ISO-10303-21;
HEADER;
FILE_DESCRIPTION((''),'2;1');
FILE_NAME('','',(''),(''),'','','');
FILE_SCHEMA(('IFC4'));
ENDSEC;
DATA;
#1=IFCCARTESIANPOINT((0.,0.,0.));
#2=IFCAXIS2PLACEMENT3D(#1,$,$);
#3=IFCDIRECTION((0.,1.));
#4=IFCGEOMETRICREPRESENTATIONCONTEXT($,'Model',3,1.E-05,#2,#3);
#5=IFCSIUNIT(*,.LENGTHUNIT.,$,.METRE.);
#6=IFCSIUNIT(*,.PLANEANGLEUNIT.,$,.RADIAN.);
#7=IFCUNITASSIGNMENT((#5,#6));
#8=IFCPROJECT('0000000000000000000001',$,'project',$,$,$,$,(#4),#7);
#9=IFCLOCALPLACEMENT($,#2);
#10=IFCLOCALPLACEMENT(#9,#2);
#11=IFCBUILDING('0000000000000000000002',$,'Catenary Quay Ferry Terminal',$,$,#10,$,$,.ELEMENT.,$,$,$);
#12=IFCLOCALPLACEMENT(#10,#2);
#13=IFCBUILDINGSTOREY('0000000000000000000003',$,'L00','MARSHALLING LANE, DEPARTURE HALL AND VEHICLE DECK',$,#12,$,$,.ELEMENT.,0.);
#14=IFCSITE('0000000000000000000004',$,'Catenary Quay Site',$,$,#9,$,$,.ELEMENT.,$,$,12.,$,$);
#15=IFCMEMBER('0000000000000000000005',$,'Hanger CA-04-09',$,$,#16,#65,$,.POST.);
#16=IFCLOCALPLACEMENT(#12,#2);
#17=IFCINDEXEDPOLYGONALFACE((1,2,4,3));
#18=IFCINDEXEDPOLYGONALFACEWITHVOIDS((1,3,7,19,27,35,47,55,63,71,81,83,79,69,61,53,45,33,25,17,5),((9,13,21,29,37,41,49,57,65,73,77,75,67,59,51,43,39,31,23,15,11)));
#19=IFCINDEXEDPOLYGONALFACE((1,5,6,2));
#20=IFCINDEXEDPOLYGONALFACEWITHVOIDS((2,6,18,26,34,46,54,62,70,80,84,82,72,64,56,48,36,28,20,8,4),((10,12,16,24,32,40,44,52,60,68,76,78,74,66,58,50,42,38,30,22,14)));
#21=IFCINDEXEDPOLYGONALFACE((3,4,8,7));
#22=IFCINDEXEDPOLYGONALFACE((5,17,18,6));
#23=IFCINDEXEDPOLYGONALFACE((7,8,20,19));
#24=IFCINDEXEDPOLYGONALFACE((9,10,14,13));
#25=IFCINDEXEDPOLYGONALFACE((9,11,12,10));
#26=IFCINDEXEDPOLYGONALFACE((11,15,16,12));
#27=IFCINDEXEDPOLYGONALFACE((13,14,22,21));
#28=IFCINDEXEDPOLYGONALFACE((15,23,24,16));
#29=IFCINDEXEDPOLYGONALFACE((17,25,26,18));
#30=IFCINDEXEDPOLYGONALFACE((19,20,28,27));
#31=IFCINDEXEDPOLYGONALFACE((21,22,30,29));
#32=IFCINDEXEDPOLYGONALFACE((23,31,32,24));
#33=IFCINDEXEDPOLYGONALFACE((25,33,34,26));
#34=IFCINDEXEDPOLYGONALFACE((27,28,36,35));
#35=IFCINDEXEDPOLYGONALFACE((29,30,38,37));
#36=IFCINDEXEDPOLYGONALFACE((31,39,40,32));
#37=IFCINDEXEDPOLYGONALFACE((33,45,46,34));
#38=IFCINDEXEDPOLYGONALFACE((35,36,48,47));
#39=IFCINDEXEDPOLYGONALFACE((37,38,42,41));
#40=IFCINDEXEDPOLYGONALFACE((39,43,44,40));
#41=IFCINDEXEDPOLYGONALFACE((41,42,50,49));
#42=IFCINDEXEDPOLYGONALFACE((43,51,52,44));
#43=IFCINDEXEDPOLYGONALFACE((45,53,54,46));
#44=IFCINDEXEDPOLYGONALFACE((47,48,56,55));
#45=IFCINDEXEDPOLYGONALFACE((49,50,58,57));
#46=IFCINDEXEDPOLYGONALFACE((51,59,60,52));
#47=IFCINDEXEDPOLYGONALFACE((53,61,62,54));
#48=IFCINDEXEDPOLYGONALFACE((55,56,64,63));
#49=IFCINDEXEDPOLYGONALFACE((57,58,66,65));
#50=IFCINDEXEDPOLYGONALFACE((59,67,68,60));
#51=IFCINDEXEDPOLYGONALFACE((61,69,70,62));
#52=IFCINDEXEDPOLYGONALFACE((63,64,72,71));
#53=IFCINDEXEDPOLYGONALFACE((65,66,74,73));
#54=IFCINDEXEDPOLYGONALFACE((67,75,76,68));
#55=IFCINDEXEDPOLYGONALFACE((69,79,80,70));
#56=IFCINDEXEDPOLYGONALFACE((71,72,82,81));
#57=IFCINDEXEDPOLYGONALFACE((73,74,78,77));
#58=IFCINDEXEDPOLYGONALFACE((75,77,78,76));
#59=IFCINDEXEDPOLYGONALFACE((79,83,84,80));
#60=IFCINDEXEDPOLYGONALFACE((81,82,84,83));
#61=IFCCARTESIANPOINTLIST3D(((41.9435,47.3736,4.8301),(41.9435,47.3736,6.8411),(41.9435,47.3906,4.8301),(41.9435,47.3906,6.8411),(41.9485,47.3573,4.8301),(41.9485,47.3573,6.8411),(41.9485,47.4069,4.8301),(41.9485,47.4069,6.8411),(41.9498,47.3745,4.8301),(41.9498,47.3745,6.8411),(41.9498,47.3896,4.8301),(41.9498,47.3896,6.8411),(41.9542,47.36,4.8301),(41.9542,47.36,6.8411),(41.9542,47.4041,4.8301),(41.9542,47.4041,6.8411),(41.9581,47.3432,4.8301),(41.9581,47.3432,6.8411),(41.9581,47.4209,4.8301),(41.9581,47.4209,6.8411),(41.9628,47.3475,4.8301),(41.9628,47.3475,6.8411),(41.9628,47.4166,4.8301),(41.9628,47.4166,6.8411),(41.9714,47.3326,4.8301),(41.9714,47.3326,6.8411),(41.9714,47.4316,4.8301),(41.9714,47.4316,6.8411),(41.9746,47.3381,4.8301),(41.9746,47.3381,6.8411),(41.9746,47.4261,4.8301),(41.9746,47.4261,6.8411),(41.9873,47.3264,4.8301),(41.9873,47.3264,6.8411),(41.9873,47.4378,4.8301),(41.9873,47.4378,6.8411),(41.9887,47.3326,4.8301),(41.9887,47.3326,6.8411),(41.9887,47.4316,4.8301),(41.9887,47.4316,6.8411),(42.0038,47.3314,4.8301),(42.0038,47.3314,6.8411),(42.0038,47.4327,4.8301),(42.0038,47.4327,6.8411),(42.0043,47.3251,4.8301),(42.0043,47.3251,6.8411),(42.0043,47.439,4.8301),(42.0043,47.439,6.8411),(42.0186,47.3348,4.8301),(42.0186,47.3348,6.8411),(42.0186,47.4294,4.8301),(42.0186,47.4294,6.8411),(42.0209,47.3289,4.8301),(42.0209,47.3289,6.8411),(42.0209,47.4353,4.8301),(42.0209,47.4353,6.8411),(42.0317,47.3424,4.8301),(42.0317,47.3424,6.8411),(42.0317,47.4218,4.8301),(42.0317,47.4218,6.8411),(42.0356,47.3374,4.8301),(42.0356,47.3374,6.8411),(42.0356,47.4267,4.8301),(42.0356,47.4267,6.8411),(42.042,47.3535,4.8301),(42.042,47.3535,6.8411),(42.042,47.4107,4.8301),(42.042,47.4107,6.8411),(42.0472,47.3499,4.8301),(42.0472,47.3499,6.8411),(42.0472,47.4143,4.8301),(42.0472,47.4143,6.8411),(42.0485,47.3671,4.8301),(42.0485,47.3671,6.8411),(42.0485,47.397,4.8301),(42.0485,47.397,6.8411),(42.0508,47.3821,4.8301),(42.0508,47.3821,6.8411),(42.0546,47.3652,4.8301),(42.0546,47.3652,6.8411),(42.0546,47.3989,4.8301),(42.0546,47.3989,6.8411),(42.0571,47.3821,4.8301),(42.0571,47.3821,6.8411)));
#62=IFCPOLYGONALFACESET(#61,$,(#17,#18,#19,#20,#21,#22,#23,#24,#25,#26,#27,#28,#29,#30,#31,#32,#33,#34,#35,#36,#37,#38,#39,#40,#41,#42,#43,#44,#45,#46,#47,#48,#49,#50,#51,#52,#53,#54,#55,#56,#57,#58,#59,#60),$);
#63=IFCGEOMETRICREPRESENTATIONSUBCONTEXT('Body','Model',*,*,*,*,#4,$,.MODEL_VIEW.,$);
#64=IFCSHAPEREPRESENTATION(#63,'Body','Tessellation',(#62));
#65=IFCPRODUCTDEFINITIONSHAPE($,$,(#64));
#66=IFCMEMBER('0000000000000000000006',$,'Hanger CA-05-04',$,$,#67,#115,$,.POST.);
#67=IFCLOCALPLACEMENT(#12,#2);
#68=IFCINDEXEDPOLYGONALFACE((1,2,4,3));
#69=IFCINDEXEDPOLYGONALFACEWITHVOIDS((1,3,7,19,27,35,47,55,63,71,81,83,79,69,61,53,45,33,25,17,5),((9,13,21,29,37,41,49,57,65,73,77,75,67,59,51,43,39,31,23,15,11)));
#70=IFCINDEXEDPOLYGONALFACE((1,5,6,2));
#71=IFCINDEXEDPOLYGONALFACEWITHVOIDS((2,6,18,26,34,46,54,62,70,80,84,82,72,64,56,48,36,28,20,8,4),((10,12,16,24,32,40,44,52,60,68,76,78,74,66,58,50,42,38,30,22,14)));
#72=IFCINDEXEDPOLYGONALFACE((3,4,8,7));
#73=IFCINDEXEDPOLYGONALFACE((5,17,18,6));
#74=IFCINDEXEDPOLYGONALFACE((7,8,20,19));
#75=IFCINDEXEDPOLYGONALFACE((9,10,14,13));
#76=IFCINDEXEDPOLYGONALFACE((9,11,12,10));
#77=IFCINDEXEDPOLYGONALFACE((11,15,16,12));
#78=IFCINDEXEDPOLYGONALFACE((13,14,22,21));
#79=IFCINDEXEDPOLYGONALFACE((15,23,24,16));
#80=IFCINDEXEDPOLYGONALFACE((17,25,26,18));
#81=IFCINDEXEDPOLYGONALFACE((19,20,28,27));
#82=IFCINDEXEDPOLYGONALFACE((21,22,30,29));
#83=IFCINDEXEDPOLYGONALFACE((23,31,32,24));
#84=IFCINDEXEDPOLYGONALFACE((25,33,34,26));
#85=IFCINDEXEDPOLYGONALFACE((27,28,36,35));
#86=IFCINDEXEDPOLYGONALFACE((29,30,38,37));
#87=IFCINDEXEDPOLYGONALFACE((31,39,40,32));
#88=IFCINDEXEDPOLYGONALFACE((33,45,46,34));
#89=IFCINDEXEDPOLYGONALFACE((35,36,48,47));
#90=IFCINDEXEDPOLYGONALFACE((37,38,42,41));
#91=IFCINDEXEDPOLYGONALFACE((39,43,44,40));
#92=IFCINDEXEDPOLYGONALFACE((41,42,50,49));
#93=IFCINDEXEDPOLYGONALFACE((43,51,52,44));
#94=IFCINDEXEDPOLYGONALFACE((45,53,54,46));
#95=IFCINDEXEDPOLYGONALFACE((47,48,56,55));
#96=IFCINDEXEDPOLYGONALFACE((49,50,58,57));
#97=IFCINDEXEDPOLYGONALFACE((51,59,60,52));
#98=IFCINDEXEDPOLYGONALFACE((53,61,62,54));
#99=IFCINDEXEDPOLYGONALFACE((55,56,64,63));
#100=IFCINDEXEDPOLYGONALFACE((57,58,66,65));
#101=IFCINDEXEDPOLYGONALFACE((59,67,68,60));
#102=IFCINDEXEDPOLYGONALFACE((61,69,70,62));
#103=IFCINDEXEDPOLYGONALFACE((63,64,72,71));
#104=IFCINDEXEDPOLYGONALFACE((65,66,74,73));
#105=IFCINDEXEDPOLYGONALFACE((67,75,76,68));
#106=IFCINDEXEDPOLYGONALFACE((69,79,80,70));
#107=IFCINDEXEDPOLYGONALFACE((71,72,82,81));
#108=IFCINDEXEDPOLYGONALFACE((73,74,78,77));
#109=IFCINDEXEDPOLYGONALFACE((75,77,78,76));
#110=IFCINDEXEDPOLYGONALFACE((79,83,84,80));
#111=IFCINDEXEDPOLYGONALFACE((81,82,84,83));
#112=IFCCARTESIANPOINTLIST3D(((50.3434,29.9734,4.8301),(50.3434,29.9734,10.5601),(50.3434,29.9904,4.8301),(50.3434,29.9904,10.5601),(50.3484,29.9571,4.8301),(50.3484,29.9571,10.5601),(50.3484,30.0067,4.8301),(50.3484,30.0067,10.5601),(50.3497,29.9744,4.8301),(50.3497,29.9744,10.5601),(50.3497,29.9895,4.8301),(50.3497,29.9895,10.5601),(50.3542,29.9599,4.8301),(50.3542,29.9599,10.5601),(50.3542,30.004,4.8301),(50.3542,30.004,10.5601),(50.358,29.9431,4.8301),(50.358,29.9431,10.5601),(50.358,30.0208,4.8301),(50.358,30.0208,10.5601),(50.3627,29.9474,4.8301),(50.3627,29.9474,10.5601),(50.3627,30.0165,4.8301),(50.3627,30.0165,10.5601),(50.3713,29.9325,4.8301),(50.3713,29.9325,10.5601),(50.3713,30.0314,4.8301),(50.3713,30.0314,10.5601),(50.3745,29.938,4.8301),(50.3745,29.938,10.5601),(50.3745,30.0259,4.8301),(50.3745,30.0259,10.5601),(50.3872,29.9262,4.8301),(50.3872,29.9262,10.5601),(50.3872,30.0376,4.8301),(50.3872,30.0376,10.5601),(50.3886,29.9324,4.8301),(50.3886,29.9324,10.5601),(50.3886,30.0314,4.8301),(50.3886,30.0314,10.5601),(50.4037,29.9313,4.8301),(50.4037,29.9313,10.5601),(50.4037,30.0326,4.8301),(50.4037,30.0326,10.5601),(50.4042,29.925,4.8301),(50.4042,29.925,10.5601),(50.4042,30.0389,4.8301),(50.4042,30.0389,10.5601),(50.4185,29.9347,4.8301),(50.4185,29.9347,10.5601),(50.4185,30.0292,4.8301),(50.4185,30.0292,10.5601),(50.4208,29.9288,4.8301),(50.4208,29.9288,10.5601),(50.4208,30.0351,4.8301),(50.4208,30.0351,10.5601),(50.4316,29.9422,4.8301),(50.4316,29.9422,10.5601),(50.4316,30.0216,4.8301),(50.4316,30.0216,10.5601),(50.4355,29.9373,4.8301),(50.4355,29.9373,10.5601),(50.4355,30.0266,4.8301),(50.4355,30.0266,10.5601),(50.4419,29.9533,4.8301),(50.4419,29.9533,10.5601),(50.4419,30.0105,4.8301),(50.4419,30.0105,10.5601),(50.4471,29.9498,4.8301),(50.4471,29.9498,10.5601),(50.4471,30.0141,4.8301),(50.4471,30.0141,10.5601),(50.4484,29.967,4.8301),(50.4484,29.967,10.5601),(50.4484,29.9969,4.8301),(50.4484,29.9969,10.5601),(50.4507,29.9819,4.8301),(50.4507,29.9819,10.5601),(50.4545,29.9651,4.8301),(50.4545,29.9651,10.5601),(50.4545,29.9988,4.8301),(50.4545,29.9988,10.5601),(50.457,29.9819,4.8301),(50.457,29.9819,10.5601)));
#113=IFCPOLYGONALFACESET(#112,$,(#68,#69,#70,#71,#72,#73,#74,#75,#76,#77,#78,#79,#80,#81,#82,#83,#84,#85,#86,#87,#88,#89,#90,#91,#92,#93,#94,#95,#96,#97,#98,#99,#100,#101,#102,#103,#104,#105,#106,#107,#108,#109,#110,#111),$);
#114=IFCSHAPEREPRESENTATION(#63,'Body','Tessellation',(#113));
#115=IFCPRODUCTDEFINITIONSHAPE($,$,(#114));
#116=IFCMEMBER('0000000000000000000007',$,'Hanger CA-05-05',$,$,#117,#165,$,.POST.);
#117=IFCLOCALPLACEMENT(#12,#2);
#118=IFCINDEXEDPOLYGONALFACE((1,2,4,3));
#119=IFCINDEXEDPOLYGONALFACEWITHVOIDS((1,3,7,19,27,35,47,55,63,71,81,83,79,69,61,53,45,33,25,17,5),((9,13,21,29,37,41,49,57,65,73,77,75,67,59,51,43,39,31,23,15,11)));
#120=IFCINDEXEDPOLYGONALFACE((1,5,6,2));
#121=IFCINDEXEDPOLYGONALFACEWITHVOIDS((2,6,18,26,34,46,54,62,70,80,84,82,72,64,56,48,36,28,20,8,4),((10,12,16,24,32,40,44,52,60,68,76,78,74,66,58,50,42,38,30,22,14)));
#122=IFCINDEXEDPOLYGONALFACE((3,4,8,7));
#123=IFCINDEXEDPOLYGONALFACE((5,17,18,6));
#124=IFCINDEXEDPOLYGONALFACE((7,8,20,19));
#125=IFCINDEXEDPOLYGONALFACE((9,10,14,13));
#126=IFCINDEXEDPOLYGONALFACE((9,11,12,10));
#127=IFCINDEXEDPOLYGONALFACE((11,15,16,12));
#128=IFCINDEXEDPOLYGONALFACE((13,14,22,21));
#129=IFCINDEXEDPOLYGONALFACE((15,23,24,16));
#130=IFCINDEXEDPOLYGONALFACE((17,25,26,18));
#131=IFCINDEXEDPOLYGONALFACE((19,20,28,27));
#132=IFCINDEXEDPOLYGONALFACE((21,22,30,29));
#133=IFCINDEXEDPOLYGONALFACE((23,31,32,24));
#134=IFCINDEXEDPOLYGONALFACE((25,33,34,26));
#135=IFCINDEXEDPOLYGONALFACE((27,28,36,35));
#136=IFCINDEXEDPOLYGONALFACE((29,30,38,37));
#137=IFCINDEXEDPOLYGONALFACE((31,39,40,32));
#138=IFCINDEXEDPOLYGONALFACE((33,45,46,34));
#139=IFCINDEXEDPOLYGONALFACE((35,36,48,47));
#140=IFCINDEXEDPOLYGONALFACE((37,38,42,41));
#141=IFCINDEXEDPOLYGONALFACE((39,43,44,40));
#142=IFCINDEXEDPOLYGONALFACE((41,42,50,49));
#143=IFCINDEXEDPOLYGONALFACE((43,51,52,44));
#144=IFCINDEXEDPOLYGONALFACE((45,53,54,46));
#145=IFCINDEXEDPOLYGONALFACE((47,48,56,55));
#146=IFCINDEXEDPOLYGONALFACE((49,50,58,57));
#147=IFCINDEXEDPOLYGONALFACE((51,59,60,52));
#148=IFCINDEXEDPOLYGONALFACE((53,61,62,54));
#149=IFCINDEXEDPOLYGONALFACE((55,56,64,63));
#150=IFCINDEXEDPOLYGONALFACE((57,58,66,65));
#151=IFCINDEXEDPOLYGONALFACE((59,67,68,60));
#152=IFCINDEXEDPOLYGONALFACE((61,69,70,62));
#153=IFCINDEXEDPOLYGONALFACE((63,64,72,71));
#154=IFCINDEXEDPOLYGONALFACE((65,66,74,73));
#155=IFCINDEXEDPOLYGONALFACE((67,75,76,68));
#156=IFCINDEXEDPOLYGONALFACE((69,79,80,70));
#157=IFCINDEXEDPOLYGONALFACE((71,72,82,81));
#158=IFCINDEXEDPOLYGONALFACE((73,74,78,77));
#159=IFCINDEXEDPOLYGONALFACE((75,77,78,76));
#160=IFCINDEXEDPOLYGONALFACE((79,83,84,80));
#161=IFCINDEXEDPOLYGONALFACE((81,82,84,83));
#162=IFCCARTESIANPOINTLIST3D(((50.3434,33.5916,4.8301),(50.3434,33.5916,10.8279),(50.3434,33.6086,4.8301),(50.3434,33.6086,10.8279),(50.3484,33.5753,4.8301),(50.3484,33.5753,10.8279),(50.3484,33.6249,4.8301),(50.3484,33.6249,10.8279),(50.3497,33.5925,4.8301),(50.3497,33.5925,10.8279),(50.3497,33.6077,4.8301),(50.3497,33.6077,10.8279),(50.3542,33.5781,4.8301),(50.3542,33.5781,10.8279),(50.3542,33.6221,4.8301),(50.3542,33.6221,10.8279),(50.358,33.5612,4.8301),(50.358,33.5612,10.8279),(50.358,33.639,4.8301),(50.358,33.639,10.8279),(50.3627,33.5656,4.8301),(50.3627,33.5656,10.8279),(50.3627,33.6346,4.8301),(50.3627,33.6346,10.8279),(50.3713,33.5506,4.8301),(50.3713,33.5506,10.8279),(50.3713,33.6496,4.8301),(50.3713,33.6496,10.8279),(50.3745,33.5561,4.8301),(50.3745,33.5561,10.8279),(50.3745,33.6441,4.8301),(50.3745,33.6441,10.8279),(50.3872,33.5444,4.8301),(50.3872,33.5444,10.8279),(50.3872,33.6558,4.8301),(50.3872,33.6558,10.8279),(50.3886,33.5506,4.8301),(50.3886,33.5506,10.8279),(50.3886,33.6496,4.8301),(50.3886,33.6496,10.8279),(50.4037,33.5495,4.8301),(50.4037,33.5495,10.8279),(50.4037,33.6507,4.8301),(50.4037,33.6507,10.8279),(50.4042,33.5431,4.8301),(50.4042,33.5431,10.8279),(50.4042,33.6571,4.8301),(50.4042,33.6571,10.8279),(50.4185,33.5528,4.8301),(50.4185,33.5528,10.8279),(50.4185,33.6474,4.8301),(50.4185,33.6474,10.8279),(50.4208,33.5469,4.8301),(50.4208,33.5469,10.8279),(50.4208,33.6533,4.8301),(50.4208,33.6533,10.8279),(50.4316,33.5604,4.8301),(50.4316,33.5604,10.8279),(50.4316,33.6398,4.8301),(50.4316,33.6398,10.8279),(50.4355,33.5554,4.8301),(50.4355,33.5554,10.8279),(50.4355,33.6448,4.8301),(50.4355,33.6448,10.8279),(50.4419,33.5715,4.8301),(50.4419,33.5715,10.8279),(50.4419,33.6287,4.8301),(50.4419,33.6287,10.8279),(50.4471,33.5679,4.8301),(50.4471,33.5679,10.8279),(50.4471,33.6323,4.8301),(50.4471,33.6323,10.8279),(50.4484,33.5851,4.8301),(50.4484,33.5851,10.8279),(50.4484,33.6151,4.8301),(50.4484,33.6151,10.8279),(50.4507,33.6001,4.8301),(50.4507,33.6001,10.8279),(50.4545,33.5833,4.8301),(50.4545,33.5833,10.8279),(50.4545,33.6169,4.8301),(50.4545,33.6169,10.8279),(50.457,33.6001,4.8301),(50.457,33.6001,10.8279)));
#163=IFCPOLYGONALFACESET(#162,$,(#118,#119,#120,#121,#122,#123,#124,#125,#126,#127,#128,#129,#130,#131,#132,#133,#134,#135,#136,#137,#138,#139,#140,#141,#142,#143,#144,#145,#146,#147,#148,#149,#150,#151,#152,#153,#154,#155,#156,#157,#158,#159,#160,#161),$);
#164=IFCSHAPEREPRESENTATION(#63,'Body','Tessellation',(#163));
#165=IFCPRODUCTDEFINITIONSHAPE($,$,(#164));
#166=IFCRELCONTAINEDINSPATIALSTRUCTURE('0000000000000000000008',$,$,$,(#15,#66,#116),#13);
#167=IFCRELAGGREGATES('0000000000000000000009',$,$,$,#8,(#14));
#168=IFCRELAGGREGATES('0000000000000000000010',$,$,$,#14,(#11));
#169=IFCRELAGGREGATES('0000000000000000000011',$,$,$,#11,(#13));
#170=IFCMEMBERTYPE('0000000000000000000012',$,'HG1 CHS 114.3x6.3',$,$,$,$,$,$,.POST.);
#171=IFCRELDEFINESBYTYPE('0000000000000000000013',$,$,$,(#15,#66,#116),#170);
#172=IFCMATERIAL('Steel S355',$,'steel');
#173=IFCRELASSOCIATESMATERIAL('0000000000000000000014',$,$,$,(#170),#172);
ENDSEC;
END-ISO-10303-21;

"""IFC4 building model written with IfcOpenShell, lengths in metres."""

from ifc_helpers import new_model, si_unit, direction, frame, origin, origin_2d, place, context, subcontext, project, spatial, hollow_circle, extrude, material, material_profile, profile_set, type_object, element, save


model = new_model("IFC4")

# Units and contexts
model_context = context("Model", 3, precision=1e-05, world=origin(), true_north=direction((0.0, 1.0)))
body_context = subcontext(model_context, "Body", "Model", "MODEL_VIEW")
ifc_project = project(units=[si_unit("LENGTHUNIT", "METRE"), si_unit("PLANEANGLEUNIT", "RADIAN")], contexts=[model_context])

# Site, building, storey
site_placement = place(None, origin())
site = spatial("IfcSite", under=ifc_project, at=site_placement, Name="Catenary Quay Site", CompositionType="ELEMENT", RefElevation=12.0)
building_placement = place(site_placement, origin())
building = spatial("IfcBuilding", under=site, at=building_placement, Name="Catenary Quay Ferry Terminal", CompositionType="ELEMENT")
storey_placement = place(building_placement, origin())
storey = spatial("IfcBuildingStorey", under=building, at=storey_placement, Name="L00", Description="MARSHALLING LANE, DEPARTURE HALL AND VEHICLE DECK", CompositionType="ELEMENT", Elevation=0.0)

# Members
ifc_material_1 = material(Name="Steel S355", Category="steel")
ifc_material_profile_1 = material_profile(ifc_material_1, hollow_circle(Radius=0.0571, WallThickness=0.0063, at=origin_2d()), Name="CHS 114.3x6.3")
ifc_profile_set_1 = profile_set([ifc_material_profile_1], Name="Steel S355")
member_type_1 = type_object("IfcMemberType", Name="HG1 CHS 114.3x6.3", PredefinedType="POST", material=ifc_profile_set_1)
member_1_placement = place(storey_placement, frame((42.0, 47.3821, 4.8301), z_axis=(0.0, 0.0, 1.0), x_axis=(1.0, 0.0, 0.0)))
element("IfcMember", 1, at=member_1_placement, inside=storey, type_object=member_type_1, Name="Hanger CA-04-09", PredefinedType="POST", context=body_context, shape_type="SweptSolid", body=[
    extrude(hollow_circle(Radius=0.0571, WallThickness=0.0063, at=origin_2d()), origin(), (0.0, 0.0, 1.0), 2.011),
])
member_2_placement = place(storey_placement, frame((50.3999, 29.9819, 4.8301), z_axis=(0.0, 0.0, 1.0), x_axis=(1.0, 0.0, 0.0)))
element("IfcMember", 2, at=member_2_placement, inside=storey, type_object=member_type_1, Name="Hanger CA-05-04", PredefinedType="POST", context=body_context, shape_type="SweptSolid", body=[
    extrude(hollow_circle(Radius=0.0571, WallThickness=0.0063, at=origin_2d()), origin(), (0.0, 0.0, 1.0), 5.73),
])
member_3_placement = place(storey_placement, frame((50.3999, 33.6001, 4.8301), z_axis=(0.0, 0.0, 1.0), x_axis=(1.0, 0.0, 0.0)))
element("IfcMember", 3, at=member_3_placement, inside=storey, type_object=member_type_1, Name="Hanger CA-05-05", PredefinedType="POST", context=body_context, shape_type="SweptSolid", body=[
    extrude(hollow_circle(Radius=0.0571, WallThickness=0.0063, at=origin_2d()), origin(), (0.0, 0.0, 1.0), 5.9978),
])

save(model, "model.ifc")
